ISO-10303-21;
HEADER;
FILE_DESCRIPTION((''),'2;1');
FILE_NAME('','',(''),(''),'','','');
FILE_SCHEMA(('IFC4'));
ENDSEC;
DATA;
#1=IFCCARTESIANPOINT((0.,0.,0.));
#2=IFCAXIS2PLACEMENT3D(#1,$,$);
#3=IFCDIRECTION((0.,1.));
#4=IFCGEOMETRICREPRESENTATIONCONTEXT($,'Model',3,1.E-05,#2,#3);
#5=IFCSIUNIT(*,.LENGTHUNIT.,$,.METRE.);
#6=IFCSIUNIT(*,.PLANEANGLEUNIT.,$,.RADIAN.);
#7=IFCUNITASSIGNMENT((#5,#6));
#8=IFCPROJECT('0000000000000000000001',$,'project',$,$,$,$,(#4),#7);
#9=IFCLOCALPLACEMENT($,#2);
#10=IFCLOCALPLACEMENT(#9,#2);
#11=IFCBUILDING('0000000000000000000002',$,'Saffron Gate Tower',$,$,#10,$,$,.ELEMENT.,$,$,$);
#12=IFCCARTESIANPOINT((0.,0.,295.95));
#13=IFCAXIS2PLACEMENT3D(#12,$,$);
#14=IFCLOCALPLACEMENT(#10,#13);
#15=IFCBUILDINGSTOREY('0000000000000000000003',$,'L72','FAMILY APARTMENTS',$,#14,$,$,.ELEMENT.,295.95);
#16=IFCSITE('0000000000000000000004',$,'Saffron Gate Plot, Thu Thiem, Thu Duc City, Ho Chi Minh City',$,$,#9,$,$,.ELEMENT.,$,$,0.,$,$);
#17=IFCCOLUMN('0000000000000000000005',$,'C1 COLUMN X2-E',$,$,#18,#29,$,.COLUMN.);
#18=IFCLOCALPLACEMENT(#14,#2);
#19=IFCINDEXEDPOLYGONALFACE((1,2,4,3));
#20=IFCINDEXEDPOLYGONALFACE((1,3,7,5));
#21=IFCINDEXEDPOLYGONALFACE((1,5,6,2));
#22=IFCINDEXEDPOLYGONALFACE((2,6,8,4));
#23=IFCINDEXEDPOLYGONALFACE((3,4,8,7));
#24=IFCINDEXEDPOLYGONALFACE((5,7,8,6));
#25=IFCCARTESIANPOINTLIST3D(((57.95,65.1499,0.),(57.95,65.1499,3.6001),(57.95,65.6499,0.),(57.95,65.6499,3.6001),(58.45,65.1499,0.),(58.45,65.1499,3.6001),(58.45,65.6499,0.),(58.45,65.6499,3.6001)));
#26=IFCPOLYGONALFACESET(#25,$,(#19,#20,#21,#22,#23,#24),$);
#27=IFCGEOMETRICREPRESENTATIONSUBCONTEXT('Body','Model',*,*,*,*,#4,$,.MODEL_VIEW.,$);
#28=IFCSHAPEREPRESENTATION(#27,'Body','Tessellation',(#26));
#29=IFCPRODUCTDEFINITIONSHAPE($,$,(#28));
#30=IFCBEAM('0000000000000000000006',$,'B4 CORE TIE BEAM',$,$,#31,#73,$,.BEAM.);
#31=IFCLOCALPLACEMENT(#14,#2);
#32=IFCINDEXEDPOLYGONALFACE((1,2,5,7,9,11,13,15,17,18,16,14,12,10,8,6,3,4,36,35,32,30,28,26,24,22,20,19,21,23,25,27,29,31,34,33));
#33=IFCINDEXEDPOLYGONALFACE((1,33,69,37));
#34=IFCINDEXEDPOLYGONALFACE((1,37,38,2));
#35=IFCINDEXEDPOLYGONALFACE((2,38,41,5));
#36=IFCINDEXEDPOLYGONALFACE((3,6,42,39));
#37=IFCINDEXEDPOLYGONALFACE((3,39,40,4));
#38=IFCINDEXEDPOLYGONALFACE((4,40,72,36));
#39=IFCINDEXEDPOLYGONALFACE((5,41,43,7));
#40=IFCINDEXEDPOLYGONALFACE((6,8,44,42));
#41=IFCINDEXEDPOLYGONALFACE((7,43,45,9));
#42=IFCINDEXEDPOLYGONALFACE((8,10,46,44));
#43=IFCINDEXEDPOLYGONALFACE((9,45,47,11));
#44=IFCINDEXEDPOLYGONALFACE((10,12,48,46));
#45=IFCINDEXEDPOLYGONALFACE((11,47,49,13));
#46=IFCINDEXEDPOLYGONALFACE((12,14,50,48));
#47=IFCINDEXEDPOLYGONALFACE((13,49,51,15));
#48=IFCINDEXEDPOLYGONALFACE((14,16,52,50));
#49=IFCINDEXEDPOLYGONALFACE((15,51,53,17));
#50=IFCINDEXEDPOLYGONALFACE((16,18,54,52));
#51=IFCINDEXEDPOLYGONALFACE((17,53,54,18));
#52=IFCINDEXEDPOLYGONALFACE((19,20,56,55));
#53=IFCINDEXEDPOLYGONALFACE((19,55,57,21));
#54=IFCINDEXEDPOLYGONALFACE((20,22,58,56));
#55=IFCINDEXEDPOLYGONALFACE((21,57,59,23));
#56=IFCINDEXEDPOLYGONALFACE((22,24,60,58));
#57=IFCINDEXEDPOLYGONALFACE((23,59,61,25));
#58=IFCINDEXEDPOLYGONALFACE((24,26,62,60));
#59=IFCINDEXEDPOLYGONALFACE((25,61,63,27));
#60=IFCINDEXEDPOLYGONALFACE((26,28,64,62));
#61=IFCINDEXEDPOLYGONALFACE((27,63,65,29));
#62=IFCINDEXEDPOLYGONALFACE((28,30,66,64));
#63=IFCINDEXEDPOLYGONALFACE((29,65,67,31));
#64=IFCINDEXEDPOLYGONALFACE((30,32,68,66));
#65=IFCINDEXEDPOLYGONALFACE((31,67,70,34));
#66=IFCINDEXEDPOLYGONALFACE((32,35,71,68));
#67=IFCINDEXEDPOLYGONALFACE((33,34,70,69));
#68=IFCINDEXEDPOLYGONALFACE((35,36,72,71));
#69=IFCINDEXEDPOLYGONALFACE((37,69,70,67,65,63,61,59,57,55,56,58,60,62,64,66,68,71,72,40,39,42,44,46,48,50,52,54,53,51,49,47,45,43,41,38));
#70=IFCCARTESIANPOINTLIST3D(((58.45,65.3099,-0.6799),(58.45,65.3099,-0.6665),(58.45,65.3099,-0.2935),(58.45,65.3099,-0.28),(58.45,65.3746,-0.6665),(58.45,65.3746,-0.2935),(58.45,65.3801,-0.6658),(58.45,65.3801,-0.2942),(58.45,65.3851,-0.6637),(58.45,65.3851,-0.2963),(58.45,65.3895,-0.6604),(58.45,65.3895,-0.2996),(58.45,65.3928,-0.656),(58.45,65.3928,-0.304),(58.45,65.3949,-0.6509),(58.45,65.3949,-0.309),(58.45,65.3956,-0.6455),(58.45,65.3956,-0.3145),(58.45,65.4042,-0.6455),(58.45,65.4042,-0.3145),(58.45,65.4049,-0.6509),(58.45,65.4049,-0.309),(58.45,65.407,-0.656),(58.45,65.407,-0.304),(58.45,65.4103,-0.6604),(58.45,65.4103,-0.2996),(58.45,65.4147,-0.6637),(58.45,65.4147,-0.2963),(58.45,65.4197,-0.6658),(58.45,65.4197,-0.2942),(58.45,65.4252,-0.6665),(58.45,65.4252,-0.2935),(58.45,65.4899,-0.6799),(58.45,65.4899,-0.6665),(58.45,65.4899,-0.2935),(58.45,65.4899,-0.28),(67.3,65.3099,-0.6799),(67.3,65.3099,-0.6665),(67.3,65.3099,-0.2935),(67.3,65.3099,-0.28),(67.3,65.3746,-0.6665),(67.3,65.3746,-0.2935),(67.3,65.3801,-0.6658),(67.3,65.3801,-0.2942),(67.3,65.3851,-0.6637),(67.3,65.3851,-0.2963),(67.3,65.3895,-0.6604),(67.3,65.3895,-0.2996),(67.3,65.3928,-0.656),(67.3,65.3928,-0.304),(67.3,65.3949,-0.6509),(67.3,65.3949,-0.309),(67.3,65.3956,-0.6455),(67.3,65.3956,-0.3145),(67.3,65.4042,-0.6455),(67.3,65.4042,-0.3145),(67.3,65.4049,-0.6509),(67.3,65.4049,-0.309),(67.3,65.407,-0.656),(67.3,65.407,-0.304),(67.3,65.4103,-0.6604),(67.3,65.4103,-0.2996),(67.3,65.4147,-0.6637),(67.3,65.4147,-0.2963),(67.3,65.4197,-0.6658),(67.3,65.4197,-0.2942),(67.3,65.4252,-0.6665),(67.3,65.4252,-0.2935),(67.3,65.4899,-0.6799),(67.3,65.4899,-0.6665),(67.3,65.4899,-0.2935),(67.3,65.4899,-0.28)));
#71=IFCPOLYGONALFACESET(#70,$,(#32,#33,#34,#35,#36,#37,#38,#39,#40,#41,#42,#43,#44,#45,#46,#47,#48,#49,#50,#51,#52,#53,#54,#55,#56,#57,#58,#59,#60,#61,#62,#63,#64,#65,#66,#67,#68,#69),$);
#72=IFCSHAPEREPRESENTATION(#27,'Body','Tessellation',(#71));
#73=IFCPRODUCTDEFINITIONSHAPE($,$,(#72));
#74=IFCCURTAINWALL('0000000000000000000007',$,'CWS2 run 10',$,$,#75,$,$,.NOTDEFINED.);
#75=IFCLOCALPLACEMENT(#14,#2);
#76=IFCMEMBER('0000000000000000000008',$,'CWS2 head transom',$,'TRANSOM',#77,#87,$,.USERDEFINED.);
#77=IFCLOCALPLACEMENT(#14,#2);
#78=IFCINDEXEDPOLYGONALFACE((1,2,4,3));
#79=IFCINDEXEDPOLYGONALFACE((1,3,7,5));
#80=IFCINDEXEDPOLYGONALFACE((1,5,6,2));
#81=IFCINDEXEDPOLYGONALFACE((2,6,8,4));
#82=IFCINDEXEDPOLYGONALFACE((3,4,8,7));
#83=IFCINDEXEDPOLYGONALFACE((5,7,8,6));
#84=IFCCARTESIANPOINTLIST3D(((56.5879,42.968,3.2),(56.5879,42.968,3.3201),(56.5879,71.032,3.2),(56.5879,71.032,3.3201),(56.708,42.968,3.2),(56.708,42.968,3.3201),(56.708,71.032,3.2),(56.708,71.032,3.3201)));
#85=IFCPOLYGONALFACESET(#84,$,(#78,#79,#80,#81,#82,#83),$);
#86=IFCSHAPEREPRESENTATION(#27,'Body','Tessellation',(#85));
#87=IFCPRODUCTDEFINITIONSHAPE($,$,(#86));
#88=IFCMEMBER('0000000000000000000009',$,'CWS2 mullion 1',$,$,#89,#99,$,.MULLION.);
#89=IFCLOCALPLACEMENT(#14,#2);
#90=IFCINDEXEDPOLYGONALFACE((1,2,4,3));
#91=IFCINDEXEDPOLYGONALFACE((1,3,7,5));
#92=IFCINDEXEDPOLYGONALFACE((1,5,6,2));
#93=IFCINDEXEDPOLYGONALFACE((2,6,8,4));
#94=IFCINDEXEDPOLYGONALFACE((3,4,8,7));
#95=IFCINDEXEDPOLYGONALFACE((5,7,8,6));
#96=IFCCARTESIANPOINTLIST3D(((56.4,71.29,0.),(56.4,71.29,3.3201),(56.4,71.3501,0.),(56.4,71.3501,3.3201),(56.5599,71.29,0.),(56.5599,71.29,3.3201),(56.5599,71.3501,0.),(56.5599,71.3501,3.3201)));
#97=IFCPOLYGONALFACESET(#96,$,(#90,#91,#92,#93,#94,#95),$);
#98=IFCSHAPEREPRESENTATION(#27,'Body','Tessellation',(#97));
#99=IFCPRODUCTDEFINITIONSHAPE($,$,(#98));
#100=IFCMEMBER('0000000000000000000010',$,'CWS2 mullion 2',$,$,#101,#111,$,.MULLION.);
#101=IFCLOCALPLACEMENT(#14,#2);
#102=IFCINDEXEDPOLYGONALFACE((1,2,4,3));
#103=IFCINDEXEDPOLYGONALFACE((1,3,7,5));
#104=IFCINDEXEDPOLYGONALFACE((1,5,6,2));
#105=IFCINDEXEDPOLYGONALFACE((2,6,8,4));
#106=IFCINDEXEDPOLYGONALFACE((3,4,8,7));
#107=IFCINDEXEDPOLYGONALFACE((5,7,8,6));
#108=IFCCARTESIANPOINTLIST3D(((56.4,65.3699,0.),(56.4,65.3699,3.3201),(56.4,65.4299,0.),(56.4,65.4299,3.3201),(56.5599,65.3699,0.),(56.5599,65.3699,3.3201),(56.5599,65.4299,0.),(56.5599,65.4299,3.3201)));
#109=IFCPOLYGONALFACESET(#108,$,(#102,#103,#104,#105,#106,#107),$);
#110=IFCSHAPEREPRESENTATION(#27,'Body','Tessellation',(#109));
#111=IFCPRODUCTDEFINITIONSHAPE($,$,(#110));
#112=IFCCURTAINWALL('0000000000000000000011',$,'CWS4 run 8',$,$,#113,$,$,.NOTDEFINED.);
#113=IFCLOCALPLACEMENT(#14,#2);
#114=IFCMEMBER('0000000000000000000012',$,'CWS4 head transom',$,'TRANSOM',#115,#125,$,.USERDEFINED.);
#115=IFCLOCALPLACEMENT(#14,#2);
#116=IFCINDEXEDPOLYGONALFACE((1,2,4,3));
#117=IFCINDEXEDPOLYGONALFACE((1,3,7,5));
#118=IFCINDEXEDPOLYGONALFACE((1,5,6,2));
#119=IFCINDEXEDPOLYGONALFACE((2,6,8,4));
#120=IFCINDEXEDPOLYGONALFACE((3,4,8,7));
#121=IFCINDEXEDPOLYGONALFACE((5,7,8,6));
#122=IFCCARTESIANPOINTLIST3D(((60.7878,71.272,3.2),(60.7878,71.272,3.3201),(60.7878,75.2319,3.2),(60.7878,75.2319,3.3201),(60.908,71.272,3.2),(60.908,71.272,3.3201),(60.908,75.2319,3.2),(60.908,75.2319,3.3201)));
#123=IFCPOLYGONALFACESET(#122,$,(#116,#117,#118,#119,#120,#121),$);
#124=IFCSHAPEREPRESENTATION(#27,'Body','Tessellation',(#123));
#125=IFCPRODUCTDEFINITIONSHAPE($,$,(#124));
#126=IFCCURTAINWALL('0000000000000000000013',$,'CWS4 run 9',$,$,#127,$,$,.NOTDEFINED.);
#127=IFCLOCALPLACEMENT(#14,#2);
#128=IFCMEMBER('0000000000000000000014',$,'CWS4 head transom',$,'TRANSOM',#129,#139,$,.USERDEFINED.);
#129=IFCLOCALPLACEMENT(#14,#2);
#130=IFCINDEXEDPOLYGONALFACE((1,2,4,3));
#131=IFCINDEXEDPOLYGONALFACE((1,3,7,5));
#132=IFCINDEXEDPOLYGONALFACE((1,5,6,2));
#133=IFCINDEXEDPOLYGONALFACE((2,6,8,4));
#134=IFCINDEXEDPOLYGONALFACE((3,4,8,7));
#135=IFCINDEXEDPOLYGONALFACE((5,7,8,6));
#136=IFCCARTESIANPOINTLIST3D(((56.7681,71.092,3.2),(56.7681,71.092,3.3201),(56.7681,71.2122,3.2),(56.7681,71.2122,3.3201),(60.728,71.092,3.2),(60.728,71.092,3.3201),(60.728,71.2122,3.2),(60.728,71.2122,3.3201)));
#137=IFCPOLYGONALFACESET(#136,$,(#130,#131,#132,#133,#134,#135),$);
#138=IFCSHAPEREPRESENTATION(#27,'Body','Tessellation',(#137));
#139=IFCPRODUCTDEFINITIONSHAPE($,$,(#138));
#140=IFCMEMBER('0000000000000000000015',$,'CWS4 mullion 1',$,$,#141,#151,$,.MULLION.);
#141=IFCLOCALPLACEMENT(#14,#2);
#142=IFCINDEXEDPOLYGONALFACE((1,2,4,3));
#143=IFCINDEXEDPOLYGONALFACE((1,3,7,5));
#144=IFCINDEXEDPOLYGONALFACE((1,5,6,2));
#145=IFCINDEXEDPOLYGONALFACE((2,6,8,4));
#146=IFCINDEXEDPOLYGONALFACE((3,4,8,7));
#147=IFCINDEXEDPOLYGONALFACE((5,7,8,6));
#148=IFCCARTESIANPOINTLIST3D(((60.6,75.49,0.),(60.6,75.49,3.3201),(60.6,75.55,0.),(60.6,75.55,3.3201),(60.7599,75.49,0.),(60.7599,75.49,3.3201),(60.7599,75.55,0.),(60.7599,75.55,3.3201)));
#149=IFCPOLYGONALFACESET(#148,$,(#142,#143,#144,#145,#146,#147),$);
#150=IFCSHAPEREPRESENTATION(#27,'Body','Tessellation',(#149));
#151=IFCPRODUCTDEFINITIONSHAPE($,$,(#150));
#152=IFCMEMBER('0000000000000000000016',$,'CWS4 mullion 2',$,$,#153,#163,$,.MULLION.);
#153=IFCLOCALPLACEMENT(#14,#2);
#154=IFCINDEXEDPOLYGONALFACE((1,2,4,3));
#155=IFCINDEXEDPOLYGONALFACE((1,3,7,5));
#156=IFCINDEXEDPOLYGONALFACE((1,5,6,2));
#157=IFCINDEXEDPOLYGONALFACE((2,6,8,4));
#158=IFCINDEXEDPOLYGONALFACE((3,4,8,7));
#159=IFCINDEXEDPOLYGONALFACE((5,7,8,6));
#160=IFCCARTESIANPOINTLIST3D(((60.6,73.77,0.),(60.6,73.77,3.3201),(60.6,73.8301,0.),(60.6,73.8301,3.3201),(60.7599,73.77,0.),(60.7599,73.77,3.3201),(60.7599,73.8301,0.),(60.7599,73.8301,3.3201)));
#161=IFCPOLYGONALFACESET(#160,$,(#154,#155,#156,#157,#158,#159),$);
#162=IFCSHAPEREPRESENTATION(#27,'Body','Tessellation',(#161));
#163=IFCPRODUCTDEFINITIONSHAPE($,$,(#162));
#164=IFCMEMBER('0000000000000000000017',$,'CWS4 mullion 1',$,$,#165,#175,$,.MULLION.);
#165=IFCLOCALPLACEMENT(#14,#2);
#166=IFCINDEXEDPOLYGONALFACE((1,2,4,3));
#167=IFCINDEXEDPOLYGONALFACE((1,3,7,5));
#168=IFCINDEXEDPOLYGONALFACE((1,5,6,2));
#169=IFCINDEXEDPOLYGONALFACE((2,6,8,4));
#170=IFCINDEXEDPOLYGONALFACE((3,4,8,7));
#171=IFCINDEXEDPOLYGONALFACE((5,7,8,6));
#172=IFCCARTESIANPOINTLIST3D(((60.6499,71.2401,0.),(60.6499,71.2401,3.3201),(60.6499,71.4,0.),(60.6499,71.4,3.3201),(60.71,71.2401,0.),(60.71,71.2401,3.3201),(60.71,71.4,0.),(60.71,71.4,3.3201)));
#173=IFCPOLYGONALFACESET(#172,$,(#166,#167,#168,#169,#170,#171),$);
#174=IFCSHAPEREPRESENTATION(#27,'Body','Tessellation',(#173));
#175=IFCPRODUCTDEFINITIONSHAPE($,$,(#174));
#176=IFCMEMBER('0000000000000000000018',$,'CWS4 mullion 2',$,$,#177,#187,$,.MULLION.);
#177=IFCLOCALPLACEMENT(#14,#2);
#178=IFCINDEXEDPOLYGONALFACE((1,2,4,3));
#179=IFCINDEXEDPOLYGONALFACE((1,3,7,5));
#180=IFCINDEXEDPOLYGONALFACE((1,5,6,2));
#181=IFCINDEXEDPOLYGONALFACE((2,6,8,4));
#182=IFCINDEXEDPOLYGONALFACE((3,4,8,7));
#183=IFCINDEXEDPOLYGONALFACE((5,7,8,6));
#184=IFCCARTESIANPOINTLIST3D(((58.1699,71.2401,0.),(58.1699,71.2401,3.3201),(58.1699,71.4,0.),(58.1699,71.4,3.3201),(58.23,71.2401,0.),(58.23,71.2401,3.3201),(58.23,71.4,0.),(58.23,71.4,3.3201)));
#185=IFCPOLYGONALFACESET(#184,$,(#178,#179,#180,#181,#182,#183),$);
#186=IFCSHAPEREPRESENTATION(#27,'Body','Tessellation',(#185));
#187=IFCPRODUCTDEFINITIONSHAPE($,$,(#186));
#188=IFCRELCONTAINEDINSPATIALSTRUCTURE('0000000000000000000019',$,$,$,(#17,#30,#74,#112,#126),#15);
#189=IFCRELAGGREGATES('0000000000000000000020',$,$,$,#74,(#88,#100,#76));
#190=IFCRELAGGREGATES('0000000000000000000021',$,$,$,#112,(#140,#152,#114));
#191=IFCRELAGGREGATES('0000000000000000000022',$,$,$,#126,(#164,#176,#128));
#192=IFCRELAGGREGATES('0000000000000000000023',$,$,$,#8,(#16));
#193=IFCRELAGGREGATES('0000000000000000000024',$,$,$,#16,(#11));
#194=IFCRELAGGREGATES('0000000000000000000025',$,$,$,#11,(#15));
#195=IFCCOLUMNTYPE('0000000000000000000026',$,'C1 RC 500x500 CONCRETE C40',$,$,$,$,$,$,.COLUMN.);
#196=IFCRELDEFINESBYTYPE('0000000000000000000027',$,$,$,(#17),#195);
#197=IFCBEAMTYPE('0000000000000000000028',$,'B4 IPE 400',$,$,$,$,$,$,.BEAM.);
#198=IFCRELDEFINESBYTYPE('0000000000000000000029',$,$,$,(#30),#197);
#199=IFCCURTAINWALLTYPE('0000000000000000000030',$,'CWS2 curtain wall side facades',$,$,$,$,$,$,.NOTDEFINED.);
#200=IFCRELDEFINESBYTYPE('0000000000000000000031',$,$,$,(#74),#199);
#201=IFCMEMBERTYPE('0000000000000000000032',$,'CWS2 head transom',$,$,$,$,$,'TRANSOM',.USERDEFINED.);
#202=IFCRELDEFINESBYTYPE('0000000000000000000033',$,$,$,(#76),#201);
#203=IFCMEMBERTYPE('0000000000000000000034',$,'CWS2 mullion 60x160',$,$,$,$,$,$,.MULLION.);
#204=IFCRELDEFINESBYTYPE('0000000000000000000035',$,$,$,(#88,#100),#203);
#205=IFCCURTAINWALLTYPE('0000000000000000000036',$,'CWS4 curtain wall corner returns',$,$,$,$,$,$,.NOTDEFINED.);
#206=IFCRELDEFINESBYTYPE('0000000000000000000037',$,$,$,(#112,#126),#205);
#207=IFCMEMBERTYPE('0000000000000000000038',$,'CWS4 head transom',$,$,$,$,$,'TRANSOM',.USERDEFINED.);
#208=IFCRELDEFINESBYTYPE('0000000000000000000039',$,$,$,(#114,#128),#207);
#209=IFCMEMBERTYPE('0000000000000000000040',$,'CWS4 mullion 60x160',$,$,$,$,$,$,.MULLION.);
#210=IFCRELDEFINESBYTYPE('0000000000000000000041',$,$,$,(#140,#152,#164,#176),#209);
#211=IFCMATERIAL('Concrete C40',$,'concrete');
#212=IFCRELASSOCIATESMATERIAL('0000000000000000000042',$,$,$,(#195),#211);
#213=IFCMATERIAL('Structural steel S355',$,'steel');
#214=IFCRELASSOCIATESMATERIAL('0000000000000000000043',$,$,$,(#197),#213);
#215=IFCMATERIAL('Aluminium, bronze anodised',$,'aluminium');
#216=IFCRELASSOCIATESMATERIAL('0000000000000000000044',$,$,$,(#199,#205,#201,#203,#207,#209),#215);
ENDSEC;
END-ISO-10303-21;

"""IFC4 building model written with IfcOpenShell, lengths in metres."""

from ifc_helpers import new_model, si_unit, direction, frame, origin, origin_2d, place, context, subcontext, project, spatial, rectangle, i_section, extrude, material, material_profile, profile_set, type_object, element, aggregate, save


model = new_model("IFC4")

# Units and contexts
model_context = context("Model", 3, precision=1e-05, world=origin(), true_north=direction((0.0, 1.0)))
body_context = subcontext(model_context, "Body", "Model", "MODEL_VIEW")
ifc_project = project(units=[si_unit("LENGTHUNIT", "METRE"), si_unit("PLANEANGLEUNIT", "RADIAN")], contexts=[model_context])

# Site, building, storey
site_placement = place(None, origin())
site = spatial("IfcSite", under=ifc_project, at=site_placement, Name="Saffron Gate Plot, Thu Thiem, Thu Duc City, Ho Chi Minh City", CompositionType="ELEMENT", RefElevation=0.0)
building_placement = place(site_placement, origin())
building = spatial("IfcBuilding", under=site, at=building_placement, Name="Saffron Gate Tower", CompositionType="ELEMENT")
storey_placement = place(building_placement, frame((0.0, 0.0, 295.95)))
storey = spatial("IfcBuildingStorey", under=building, at=storey_placement, Name="L72", Description="FAMILY APARTMENTS", CompositionType="ELEMENT", Elevation=295.95)

# Column
ifc_material_1 = material(Name="Concrete C40", Category="concrete")
ifc_material_profile_1 = material_profile(ifc_material_1, rectangle(XDim=0.5, YDim=0.5, at=origin_2d()))
ifc_profile_set_1 = profile_set([ifc_material_profile_1], Name="Concrete C40")
column_type = type_object("IfcColumnType", Name="C1 RC 500x500 CONCRETE C40", PredefinedType="COLUMN", material=ifc_profile_set_1)
column_placement = place(storey_placement, frame((58.2, 65.3999, 0.0), z_axis=(0.0, 0.0, 1.0), x_axis=(1.0, 0.0, 0.0)))
element("IfcColumn", 1, at=column_placement, inside=storey, type_object=column_type, Name="C1 COLUMN X2-E", PredefinedType="COLUMN", context=body_context, shape_type="SweptSolid", body=[
    extrude(rectangle(XDim=0.5, YDim=0.5, at=origin_2d()), origin(), (0.0, 0.0, 1.0), 3.6001),
])

# Beam
ifc_material_2 = material(Name="Structural steel S355", Category="steel")
ifc_material_profile_2 = material_profile(ifc_material_2, i_section(OverallWidth=0.1799, OverallDepth=0.3999, WebThickness=0.0085, FlangeThickness=0.0134, FilletRadius=0.021, at=origin_2d()))
ifc_profile_set_2 = profile_set([ifc_material_profile_2], Name="Structural steel S355")
beam_type = type_object("IfcBeamType", Name="B4 IPE 400", PredefinedType="BEAM", material=ifc_profile_set_2)
beam_placement = place(storey_placement, frame((58.45, 65.3999, -0.48), z_axis=(1.0, 0.0, 0.0), x_axis=(0.0, 1.0, 0.0)))
element("IfcBeam", 2, at=beam_placement, inside=storey, type_object=beam_type, Name="B4 CORE TIE BEAM", PredefinedType="BEAM", context=body_context, shape_type="SweptSolid", body=[
    extrude(i_section(OverallWidth=0.1799, OverallDepth=0.3999, WebThickness=0.0085, FlangeThickness=0.0134, FilletRadius=0.021, at=origin_2d()), origin(), (0.0, 0.0, 1.0), 8.8501),
])

# Curtain wall, members
ifc_material_3 = material(Name="Aluminium, bronze anodised", Category="aluminium")
curtain_wall_type_1 = type_object("IfcCurtainWallType", Name="CWS2 curtain wall side facades", PredefinedType="NOTDEFINED", material=ifc_material_3)
curtain_wall_1_placement = place(storey_placement, origin())
curtain_wall_1 = element("IfcCurtainWall", 3, at=curtain_wall_1_placement, inside=storey, type_object=curtain_wall_type_1, Name="CWS2 run 10", PredefinedType="NOTDEFINED")
ifc_material_profile_3 = material_profile(ifc_material_3, rectangle(XDim=0.1201, YDim=0.1201, at=origin_2d()))
ifc_profile_set_3 = profile_set([ifc_material_profile_3], Name="Aluminium, bronze anodised")
member_type_1 = type_object("IfcMemberType", Name="CWS2 head transom", ElementType="TRANSOM", PredefinedType="USERDEFINED", material=ifc_profile_set_3)
member_1_placement = place(storey_placement, frame((56.6479, 71.032, 3.26), z_axis=(0.0, -1.0, 0.0), x_axis=(1.0, 0.0, 0.0)))
member_1 = element("IfcMember", 4, at=member_1_placement, type_object=member_type_1, Name="CWS2 head transom", ObjectType="TRANSOM", PredefinedType="USERDEFINED", context=body_context, shape_type="SweptSolid", body=[
    extrude(rectangle(XDim=0.1201, YDim=0.1201, at=origin_2d()), origin(), (0.0, 0.0, 1.0), 28.064),
])
ifc_material_profile_4 = material_profile(ifc_material_3, rectangle(XDim=0.1599, YDim=0.0601, at=origin_2d()))
ifc_profile_set_4 = profile_set([ifc_material_profile_4], Name="Aluminium, bronze anodised")
member_type_2 = type_object("IfcMemberType", Name="CWS2 mullion 60x160", PredefinedType="MULLION", material=ifc_profile_set_4)
member_2_placement = place(storey_placement, frame((56.48, 71.3201, 0.0), z_axis=(0.0, 0.0, 1.0), x_axis=(1.0, 0.0, 0.0)))
member_2 = element("IfcMember", 5, at=member_2_placement, type_object=member_type_2, Name="CWS2 mullion 1", PredefinedType="MULLION", context=body_context, shape_type="SweptSolid", body=[
    extrude(rectangle(XDim=0.1599, YDim=0.0601, at=origin_2d()), origin(), (0.0, 0.0, 1.0), 3.3201),
])
member_3_placement = place(storey_placement, frame((56.48, 65.3999, 0.0), z_axis=(0.0, 0.0, 1.0), x_axis=(1.0, 0.0, 0.0)))
member_3 = element("IfcMember", 6, at=member_3_placement, type_object=member_type_2, Name="CWS2 mullion 2", PredefinedType="MULLION", context=body_context, shape_type="SweptSolid", body=[
    extrude(rectangle(XDim=0.1599, YDim=0.0601, at=origin_2d()), origin(), (0.0, 0.0, 1.0), 3.3201),
])

# Curtain walls, members
curtain_wall_type_2 = type_object("IfcCurtainWallType", Name="CWS4 curtain wall corner returns", PredefinedType="NOTDEFINED", material=ifc_material_3)
curtain_wall_2_placement = place(storey_placement, origin())
curtain_wall_2 = element("IfcCurtainWall", 7, at=curtain_wall_2_placement, inside=storey, type_object=curtain_wall_type_2, Name="CWS4 run 8", PredefinedType="NOTDEFINED")
ifc_material_profile_5 = material_profile(ifc_material_3, rectangle(XDim=0.1201, YDim=0.1201, at=origin_2d()))
ifc_profile_set_5 = profile_set([ifc_material_profile_5], Name="Aluminium, bronze anodised")
member_type_3 = type_object("IfcMemberType", Name="CWS4 head transom", ElementType="TRANSOM", PredefinedType="USERDEFINED", material=ifc_profile_set_5)
member_4_placement = place(storey_placement, frame((60.8479, 75.2319, 3.26), z_axis=(0.0, -1.0, 0.0), x_axis=(1.0, 0.0, 0.0)))
member_4 = element("IfcMember", 8, at=member_4_placement, type_object=member_type_3, Name="CWS4 head transom", ObjectType="TRANSOM", PredefinedType="USERDEFINED", context=body_context, shape_type="SweptSolid", body=[
    extrude(rectangle(XDim=0.1201, YDim=0.1201, at=origin_2d()), origin(), (0.0, 0.0, 1.0), 3.96),
])
curtain_wall_3_placement = place(storey_placement, origin())
curtain_wall_3 = element("IfcCurtainWall", 9, at=curtain_wall_3_placement, inside=storey, type_object=curtain_wall_type_2, Name="CWS4 run 9", PredefinedType="NOTDEFINED")
member_5_placement = place(storey_placement, frame((60.728, 71.1521, 3.26), z_axis=(-1.0, 0.0, 0.0), x_axis=(0.0, -1.0, 0.0)))
member_5 = element("IfcMember", 10, at=member_5_placement, type_object=member_type_3, Name="CWS4 head transom", ObjectType="TRANSOM", PredefinedType="USERDEFINED", context=body_context, shape_type="SweptSolid", body=[
    extrude(rectangle(XDim=0.1201, YDim=0.1201, at=origin_2d()), origin(), (0.0, 0.0, 1.0), 3.96),
])

# Members
ifc_material_profile_6 = material_profile(ifc_material_3, rectangle(XDim=0.1599, YDim=0.0601, at=origin_2d()))
ifc_profile_set_6 = profile_set([ifc_material_profile_6], Name="Aluminium, bronze anodised")
member_type_4 = type_object("IfcMemberType", Name="CWS4 mullion 60x160", PredefinedType="MULLION", material=ifc_profile_set_6)
member_6_placement = place(storey_placement, frame((60.6799, 75.52, 0.0), z_axis=(0.0, 0.0, 1.0), x_axis=(1.0, 0.0, 0.0)))
member_6 = element("IfcMember", 11, at=member_6_placement, type_object=member_type_4, Name="CWS4 mullion 1", PredefinedType="MULLION", context=body_context, shape_type="SweptSolid", body=[
    extrude(rectangle(XDim=0.1599, YDim=0.0601, at=origin_2d()), origin(), (0.0, 0.0, 1.0), 3.3201),
])
member_7_placement = place(storey_placement, frame((60.6799, 73.8, 0.0), z_axis=(0.0, 0.0, 1.0), x_axis=(1.0, 0.0, 0.0)))
member_7 = element("IfcMember", 12, at=member_7_placement, type_object=member_type_4, Name="CWS4 mullion 2", PredefinedType="MULLION", context=body_context, shape_type="SweptSolid", body=[
    extrude(rectangle(XDim=0.1599, YDim=0.0601, at=origin_2d()), origin(), (0.0, 0.0, 1.0), 3.3201),
])
member_8_placement = place(storey_placement, frame((60.6799, 71.3201, 0.0), z_axis=(0.0, 0.0, 1.0), x_axis=(0.0, -1.0, 0.0)))
member_8 = element("IfcMember", 13, at=member_8_placement, type_object=member_type_4, Name="CWS4 mullion 1", PredefinedType="MULLION", context=body_context, shape_type="SweptSolid", body=[
    extrude(rectangle(XDim=0.1599, YDim=0.0601, at=origin_2d()), origin(), (0.0, 0.0, 1.0), 3.3201),
])
member_9_placement = place(storey_placement, frame((58.2, 71.3201, 0.0), z_axis=(0.0, 0.0, 1.0), x_axis=(0.0, -1.0, 0.0)))
member_9 = element("IfcMember", 14, at=member_9_placement, type_object=member_type_4, Name="CWS4 mullion 2", PredefinedType="MULLION", context=body_context, shape_type="SweptSolid", body=[
    extrude(rectangle(XDim=0.1599, YDim=0.0601, at=origin_2d()), origin(), (0.0, 0.0, 1.0), 3.3201),
])

aggregate(curtain_wall_1, [member_2, member_3, member_1])

aggregate(curtain_wall_2, [member_6, member_7, member_4])
aggregate(curtain_wall_3, [member_8, member_9, member_5])

save(model, "model.ifc")
